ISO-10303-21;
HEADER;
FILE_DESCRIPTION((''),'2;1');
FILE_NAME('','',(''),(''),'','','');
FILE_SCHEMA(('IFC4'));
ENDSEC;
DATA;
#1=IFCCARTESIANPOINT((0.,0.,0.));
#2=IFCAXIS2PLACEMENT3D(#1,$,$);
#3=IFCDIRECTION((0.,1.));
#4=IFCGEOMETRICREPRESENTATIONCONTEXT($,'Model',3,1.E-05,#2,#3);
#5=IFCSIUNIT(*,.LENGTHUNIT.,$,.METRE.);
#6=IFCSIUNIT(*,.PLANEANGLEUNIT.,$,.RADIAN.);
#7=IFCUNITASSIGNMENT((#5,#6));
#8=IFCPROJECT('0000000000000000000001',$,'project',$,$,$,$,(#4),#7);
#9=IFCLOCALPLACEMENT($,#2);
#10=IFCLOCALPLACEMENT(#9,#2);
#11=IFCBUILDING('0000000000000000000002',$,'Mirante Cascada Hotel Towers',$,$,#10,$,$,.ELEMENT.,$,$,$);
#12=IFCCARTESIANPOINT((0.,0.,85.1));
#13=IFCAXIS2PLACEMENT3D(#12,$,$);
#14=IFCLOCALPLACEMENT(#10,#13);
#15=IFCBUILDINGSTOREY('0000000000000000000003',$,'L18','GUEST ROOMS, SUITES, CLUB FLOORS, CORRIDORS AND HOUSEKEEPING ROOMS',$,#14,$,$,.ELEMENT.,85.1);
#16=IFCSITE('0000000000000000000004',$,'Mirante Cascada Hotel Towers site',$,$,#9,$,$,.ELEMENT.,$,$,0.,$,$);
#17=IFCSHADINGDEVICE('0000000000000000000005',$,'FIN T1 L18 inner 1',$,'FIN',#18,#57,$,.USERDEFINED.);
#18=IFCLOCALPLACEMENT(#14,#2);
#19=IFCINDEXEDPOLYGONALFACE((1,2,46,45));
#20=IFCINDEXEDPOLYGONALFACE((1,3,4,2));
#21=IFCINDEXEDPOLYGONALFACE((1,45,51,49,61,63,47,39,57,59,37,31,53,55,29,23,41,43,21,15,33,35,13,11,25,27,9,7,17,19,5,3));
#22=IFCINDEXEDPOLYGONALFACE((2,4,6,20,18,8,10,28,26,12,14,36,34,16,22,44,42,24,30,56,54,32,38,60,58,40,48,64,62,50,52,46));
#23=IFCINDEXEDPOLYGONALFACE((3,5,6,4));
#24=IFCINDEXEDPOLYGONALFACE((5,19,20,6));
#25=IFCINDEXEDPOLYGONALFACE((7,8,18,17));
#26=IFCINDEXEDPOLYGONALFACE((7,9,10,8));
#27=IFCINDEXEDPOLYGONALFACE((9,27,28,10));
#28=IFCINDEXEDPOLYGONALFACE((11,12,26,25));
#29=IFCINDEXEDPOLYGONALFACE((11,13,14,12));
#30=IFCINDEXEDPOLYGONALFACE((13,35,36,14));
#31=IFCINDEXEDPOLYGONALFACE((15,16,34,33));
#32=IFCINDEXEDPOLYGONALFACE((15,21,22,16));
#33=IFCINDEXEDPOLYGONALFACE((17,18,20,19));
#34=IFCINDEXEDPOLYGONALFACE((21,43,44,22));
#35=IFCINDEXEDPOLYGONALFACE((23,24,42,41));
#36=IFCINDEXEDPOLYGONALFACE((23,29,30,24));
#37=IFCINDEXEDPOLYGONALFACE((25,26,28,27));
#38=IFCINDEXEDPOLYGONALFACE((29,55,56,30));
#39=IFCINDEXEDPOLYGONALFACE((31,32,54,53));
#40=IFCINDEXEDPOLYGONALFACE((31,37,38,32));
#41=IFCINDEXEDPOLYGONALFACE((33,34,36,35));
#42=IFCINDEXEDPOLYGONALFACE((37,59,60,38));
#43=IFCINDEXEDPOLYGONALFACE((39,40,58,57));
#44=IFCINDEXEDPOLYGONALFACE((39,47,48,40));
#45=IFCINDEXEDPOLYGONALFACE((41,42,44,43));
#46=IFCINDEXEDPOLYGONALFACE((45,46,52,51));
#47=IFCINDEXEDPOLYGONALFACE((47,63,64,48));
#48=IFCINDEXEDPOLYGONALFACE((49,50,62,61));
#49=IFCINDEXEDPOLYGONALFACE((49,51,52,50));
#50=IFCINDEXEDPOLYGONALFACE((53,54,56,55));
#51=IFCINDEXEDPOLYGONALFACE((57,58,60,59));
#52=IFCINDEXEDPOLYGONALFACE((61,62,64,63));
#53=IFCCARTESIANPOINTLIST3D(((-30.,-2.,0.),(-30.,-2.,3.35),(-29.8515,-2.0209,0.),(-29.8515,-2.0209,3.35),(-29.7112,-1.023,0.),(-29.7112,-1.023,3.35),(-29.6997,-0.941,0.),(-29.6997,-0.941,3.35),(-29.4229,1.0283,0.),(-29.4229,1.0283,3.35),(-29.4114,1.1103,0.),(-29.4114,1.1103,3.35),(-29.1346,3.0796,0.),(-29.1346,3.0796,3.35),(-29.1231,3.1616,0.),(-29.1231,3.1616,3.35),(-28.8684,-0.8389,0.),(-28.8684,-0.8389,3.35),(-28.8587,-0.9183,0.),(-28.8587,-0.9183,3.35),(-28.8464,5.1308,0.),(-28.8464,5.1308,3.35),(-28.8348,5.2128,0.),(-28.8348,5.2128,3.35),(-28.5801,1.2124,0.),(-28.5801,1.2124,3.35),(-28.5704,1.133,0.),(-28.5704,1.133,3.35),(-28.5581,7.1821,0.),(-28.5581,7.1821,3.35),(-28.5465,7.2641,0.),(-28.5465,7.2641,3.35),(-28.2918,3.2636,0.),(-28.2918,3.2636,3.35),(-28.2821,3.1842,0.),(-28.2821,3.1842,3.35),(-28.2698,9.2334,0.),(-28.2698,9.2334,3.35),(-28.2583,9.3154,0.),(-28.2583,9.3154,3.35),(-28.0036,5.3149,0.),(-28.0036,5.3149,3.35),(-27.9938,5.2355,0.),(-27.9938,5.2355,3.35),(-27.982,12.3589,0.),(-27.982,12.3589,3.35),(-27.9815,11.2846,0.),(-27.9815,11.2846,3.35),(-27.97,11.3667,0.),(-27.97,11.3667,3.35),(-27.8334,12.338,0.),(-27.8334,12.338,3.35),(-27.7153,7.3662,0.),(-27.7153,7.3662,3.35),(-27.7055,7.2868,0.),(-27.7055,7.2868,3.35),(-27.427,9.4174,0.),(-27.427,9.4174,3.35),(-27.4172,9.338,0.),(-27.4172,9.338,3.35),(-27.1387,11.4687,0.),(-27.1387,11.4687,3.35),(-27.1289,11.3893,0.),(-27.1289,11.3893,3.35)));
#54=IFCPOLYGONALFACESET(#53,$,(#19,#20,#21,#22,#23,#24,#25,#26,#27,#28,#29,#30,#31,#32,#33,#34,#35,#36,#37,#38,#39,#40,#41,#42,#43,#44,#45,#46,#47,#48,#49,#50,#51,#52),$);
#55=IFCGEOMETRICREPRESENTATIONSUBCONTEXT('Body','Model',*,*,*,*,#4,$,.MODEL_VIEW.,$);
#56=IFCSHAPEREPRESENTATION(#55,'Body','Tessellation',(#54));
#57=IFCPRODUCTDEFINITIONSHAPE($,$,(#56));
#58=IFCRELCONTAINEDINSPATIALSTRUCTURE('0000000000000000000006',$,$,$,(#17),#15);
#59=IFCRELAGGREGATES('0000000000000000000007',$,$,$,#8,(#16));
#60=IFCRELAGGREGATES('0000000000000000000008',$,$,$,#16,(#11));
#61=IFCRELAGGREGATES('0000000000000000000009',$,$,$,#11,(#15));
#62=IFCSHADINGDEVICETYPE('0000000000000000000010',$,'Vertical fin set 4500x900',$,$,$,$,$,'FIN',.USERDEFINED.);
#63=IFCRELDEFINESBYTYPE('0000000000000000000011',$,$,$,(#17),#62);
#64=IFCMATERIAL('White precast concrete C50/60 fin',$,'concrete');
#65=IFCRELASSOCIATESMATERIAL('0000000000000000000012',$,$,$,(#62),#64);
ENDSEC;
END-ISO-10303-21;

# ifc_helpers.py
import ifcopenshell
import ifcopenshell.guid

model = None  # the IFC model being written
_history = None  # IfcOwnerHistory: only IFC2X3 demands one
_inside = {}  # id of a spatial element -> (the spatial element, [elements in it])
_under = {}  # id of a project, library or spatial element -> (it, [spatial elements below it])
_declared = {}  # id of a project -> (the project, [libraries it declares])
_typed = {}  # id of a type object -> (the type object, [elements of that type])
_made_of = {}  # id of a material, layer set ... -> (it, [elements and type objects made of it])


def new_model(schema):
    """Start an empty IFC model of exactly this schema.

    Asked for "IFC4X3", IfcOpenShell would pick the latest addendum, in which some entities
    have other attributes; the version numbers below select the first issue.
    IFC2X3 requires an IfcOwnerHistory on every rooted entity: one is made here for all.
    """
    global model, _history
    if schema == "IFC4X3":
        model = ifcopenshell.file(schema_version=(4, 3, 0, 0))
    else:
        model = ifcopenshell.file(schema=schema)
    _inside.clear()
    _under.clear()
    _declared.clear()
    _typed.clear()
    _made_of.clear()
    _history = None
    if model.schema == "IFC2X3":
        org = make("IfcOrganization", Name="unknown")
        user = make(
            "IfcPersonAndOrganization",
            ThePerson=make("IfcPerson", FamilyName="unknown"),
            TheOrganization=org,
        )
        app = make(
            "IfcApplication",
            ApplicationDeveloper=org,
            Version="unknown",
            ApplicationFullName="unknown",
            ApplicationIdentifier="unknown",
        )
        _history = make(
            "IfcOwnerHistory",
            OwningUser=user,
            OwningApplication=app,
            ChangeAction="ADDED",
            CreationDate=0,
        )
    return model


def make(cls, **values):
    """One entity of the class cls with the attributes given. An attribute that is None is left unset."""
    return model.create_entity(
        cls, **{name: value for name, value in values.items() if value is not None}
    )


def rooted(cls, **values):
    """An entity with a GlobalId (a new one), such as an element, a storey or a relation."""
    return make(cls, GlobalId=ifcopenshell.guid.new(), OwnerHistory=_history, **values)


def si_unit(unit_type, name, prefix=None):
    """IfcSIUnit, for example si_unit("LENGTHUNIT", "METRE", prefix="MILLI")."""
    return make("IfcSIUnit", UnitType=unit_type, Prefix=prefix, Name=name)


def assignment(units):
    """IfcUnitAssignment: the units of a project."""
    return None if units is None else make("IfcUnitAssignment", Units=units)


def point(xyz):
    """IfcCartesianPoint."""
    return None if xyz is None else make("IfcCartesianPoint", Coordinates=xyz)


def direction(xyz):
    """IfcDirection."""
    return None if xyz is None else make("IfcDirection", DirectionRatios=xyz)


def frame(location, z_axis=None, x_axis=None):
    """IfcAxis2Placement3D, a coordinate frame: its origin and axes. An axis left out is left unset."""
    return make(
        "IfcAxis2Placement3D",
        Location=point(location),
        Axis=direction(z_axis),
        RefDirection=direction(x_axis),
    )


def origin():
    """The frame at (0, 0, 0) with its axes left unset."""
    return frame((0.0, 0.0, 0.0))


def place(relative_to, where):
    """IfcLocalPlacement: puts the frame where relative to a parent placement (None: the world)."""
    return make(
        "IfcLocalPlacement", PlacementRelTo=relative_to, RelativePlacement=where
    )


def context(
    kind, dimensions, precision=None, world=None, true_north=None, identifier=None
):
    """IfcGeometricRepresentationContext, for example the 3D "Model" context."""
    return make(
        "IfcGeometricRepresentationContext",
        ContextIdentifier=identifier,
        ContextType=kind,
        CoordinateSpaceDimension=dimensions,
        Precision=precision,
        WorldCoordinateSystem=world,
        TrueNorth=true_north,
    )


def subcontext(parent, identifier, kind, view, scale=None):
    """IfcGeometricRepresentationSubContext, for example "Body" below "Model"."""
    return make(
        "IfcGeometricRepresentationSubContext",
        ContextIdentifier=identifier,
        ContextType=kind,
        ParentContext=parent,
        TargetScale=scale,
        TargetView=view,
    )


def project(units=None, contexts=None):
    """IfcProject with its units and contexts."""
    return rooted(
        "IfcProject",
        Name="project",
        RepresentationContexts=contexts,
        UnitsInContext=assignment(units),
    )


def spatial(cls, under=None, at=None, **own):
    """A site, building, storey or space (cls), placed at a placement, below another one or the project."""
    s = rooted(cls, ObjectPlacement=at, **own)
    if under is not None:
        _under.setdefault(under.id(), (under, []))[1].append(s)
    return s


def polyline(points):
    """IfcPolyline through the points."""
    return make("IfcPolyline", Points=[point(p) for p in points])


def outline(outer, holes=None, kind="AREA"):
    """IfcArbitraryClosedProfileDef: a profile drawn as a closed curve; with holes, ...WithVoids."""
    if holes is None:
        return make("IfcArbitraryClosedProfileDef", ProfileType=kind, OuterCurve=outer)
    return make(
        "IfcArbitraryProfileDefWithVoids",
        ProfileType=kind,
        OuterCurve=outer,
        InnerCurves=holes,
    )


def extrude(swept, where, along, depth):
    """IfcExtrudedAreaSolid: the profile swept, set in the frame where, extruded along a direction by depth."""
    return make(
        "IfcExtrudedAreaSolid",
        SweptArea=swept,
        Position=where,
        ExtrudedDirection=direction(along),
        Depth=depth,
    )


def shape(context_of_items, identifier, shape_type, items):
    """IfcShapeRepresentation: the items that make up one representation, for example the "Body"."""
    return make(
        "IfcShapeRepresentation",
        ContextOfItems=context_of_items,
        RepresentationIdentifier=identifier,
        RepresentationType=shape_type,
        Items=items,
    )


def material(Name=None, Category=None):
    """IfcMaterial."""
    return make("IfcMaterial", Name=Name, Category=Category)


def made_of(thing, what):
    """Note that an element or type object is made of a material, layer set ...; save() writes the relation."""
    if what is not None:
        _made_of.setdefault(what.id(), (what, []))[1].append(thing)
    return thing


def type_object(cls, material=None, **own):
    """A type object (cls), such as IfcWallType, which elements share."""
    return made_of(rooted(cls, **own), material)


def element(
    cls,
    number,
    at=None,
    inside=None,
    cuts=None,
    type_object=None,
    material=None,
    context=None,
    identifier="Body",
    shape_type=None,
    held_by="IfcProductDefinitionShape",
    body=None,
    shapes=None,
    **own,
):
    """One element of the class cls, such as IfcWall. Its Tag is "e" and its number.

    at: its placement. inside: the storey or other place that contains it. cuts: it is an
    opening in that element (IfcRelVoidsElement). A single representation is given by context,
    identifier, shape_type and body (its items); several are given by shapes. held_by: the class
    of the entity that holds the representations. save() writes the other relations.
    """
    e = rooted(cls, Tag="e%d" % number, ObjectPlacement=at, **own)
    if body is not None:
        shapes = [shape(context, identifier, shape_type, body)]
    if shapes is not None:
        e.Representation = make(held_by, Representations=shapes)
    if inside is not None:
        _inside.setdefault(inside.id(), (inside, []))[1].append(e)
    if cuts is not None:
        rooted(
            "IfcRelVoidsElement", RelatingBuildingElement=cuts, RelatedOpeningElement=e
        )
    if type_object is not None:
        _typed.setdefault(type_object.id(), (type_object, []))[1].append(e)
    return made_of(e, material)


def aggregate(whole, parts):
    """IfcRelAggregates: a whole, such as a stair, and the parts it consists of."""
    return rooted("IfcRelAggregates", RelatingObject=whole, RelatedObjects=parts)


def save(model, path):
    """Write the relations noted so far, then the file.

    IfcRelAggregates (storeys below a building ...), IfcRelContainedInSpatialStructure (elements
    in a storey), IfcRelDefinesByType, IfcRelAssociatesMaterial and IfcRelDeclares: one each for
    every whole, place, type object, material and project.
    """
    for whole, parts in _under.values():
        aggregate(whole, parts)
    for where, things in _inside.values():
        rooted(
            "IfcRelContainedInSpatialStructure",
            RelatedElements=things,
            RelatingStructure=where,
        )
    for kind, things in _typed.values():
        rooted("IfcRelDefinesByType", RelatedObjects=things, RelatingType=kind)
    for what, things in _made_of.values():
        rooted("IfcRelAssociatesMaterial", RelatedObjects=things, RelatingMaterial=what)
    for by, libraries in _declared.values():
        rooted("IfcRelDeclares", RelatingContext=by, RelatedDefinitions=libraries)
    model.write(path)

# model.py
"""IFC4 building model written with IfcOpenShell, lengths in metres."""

from ifc_helpers import new_model, si_unit, direction, frame, origin, place, context, subcontext, project, spatial, polyline, outline, extrude, material, type_object, element, save


model = new_model("IFC4")

# Units and contexts
model_context = context("Model", 3, precision=1e-05, world=origin(), true_north=direction((0.0, 1.0)))
body_context = subcontext(model_context, "Body", "Model", "MODEL_VIEW")
ifc_project = project(units=[si_unit("LENGTHUNIT", "METRE"), si_unit("PLANEANGLEUNIT", "RADIAN")], contexts=[model_context])

# Site, building, storey
site_placement = place(None, origin())
site = spatial("IfcSite", under=ifc_project, at=site_placement, Name="Mirante Cascada Hotel Towers site", CompositionType="ELEMENT", RefElevation=0.0)
building_placement = place(site_placement, origin())
building = spatial("IfcBuilding", under=site, at=building_placement, Name="Mirante Cascada Hotel Towers", CompositionType="ELEMENT")
storey_placement = place(building_placement, frame((0.0, 0.0, 85.1)))
storey = spatial("IfcBuildingStorey", under=building, at=storey_placement, Name="L18", Description="GUEST ROOMS, SUITES, CLUB FLOORS, CORRIDORS AND HOUSEKEEPING ROOMS", CompositionType="ELEMENT", Elevation=85.1)

# Shading device
ifc_material_1 = material(Name="White precast concrete C50/60 fin", Category="concrete")
shading_device_type = type_object("IfcShadingDeviceType", Name="Vertical fin set 4500x900", ElementType="FIN", PredefinedType="USERDEFINED", material=ifc_material_1)
shading_device_1_placement = place(storey_placement, origin())
element("IfcShadingDevice", 1, at=shading_device_1_placement, inside=storey, type_object=shading_device_type, Name="FIN T1 L18 inner 1", ObjectType="FIN", PredefinedType="USERDEFINED", context=body_context, shape_type="SweptSolid", body=[
    extrude(outline(polyline([(-29.7112, -1.023), (-29.8515, -2.0209), (-30.0, -2.0), (-27.982, 12.3589), (-27.8334, 12.338), (-27.97, 11.3667), (-27.1387, 11.4687), (-27.1289, 11.3893), (-27.9815, 11.2846), (-28.2583, 9.3154), (-27.427, 9.4174), (-27.4172, 9.338), (-28.2698, 9.2334), (-28.5465, 7.2641), (-27.7153, 7.3662), (-27.7055, 7.2868), (-28.5581, 7.1821), (-28.8348, 5.2128), (-28.0036, 5.3149), (-27.9938, 5.2355), (-28.8464, 5.1308), (-29.1231, 3.1616), (-28.2918, 3.2636), (-28.2821, 3.1842), (-29.1346, 3.0796), (-29.4114, 1.1103), (-28.5801, 1.2124), (-28.5704, 1.133), (-29.4229, 1.0283), (-29.6997, -0.941), (-28.8684, -0.8389), (-28.8587, -0.9183), (-29.7112, -1.023)])), origin(), (0.0, 0.0, 1.0), 3.35),
])

save(model, "model.ifc")
